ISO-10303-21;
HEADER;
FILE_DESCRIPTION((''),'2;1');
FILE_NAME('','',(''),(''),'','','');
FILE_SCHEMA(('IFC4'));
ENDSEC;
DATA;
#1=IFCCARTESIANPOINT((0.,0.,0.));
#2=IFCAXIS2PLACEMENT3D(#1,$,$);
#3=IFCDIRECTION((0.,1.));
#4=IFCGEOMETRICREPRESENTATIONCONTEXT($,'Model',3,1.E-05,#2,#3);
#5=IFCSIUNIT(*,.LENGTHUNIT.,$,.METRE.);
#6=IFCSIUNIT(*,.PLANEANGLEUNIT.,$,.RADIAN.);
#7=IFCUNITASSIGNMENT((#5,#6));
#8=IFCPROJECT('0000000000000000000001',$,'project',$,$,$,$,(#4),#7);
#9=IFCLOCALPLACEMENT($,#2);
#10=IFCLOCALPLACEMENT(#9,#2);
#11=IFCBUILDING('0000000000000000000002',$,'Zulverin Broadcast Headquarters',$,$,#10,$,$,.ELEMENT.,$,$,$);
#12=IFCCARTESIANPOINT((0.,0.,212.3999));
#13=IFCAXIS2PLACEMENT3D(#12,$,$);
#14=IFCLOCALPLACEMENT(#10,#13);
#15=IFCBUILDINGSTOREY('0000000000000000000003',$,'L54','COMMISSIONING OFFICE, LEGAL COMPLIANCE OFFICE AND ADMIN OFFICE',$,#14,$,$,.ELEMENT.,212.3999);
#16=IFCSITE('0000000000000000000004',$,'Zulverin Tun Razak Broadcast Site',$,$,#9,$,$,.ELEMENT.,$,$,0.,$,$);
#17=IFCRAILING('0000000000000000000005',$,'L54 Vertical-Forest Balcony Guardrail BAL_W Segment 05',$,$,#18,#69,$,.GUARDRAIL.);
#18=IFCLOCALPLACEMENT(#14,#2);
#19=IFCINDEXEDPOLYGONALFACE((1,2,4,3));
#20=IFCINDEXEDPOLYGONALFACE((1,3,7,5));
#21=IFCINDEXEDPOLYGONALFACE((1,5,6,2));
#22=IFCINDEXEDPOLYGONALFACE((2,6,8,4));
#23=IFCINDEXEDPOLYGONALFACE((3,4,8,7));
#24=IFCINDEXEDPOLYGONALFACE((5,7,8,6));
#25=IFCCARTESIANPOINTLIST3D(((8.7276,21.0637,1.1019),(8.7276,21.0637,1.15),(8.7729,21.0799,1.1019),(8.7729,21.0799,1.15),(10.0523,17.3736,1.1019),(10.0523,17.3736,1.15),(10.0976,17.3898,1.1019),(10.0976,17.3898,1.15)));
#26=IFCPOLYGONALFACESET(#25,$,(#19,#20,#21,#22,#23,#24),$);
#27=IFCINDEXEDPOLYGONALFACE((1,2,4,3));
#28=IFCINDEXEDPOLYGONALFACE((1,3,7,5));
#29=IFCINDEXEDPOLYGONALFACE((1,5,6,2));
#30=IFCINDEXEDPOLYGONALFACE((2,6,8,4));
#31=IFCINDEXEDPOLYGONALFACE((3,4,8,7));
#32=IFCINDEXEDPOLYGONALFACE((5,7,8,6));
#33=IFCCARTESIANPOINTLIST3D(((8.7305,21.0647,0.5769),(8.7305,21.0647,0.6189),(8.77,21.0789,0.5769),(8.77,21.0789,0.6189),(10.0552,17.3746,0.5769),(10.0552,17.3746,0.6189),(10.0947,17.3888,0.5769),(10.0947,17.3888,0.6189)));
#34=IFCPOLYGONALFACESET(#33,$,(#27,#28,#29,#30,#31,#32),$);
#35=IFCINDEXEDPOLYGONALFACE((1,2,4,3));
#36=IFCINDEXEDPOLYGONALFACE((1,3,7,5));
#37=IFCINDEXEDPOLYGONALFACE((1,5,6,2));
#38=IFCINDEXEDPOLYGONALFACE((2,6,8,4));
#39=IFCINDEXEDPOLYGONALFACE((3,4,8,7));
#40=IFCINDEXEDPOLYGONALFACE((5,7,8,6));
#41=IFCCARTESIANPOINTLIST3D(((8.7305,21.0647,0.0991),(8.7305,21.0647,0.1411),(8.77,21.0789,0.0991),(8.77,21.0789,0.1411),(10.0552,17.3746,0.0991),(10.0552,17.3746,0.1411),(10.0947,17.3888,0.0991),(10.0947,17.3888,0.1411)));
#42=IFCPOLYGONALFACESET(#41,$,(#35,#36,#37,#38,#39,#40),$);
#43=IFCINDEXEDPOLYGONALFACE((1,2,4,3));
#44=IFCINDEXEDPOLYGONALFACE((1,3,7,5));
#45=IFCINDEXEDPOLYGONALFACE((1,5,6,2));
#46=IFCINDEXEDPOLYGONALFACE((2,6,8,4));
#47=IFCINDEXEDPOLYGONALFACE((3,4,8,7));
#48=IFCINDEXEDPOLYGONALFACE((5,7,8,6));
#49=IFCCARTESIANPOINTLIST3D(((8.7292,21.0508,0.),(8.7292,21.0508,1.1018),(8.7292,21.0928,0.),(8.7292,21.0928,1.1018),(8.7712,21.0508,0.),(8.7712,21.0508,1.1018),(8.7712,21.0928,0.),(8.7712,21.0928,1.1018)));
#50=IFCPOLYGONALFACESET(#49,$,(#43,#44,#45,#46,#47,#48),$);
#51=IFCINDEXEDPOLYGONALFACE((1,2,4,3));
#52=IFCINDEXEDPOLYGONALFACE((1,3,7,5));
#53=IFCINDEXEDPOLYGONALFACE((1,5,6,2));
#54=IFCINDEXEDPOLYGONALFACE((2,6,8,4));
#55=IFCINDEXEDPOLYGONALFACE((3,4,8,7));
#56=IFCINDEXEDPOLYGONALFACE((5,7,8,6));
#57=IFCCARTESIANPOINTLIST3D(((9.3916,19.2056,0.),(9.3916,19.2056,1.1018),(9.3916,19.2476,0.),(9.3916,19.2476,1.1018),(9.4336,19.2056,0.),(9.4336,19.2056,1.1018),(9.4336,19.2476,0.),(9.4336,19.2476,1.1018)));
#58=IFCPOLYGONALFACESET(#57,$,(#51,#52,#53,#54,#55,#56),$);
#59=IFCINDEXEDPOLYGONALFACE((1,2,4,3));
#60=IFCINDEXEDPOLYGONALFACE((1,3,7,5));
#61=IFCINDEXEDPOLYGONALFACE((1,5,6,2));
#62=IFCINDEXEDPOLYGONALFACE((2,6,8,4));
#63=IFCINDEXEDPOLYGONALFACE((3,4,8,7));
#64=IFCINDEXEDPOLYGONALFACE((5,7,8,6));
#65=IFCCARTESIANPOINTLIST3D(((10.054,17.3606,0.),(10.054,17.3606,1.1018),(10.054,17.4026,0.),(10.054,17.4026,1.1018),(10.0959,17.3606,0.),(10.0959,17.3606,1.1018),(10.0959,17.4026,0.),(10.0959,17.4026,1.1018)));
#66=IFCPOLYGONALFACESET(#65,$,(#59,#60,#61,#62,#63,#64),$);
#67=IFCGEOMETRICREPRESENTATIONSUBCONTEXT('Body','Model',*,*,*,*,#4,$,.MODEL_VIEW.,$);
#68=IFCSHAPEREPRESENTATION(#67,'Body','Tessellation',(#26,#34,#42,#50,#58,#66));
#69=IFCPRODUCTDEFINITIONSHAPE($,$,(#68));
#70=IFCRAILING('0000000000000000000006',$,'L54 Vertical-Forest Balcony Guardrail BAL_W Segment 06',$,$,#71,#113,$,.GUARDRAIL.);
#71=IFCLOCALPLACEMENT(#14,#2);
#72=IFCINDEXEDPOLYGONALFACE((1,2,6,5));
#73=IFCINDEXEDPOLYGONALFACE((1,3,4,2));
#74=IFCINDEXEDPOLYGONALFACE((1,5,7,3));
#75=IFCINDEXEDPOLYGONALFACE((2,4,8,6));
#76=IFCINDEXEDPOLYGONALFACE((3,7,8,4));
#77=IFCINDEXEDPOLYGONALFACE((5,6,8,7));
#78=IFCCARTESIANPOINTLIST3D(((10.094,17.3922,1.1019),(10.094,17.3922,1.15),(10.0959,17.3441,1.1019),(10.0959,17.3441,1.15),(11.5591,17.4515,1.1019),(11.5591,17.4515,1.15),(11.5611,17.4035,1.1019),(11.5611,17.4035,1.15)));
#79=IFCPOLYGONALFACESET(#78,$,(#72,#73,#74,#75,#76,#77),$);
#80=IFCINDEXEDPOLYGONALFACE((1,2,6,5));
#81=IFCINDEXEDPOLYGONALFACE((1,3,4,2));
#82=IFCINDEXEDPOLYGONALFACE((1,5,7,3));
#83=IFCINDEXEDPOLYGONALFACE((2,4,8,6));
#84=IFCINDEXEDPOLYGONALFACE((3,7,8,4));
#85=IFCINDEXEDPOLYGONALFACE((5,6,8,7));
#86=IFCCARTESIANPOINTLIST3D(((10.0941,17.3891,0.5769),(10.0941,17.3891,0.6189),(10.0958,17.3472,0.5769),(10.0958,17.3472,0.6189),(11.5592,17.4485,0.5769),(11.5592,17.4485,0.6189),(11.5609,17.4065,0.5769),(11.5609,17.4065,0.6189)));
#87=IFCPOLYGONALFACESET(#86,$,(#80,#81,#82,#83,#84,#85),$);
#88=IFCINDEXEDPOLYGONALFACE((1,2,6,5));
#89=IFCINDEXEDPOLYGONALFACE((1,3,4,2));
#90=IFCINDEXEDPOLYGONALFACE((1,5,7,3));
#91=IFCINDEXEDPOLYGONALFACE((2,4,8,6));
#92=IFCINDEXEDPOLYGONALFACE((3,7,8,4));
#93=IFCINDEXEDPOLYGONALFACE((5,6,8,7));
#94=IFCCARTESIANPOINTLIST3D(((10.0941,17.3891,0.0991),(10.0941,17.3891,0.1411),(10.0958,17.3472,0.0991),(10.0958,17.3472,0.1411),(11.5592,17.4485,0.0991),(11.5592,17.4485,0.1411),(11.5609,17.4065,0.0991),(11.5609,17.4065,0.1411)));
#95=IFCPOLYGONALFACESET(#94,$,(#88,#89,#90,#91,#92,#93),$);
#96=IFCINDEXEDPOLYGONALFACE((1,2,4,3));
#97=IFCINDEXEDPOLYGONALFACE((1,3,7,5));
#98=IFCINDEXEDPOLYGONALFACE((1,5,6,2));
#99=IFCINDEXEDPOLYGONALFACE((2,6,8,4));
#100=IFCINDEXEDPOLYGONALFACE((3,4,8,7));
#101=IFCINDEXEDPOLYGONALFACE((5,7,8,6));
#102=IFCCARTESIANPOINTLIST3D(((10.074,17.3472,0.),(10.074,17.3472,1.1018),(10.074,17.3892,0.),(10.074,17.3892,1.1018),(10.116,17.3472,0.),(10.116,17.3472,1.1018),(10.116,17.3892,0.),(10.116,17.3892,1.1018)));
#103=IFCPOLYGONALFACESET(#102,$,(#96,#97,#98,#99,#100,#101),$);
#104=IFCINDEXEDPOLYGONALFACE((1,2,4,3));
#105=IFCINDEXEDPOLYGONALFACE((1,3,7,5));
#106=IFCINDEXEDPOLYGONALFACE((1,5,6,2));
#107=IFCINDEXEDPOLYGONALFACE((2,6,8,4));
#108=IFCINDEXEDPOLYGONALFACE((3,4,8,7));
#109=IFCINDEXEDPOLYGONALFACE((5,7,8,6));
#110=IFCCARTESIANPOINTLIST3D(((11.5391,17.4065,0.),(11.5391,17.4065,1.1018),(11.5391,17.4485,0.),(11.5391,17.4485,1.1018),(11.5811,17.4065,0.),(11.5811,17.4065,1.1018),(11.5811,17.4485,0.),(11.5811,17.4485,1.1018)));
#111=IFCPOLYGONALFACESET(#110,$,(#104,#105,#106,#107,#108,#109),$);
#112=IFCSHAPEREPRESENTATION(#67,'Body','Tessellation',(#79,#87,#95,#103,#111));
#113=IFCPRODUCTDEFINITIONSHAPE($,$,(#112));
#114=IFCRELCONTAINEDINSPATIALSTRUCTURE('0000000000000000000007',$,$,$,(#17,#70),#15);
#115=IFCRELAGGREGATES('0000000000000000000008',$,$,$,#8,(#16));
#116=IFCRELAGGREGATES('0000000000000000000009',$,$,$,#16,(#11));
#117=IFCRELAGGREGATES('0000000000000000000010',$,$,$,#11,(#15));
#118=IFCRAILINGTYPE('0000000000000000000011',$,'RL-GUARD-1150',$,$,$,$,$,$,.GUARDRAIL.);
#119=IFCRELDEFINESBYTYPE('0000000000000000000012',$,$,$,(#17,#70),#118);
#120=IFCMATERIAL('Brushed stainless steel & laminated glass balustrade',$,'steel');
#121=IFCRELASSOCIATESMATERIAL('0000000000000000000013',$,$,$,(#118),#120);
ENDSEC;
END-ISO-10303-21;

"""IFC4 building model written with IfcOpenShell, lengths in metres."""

from ifc_helpers import new_model, si_unit, direction, frame, origin, origin_2d, place, context, subcontext, project, spatial, rectangle, extrude, material, type_object, element, save


model = new_model("IFC4")

# Units and contexts
model_context = context("Model", 3, precision=1e-05, world=origin(), true_north=direction((0.0, 1.0)))
body_context = subcontext(model_context, "Body", "Model", "MODEL_VIEW")
ifc_project = project(units=[si_unit("LENGTHUNIT", "METRE"), si_unit("PLANEANGLEUNIT", "RADIAN")], contexts=[model_context])

# Site, building, storey
site_placement = place(None, origin())
site = spatial("IfcSite", under=ifc_project, at=site_placement, Name="Zulverin Tun Razak Broadcast Site", CompositionType="ELEMENT", RefElevation=0.0)
building_placement = place(site_placement, origin())
building = spatial("IfcBuilding", under=site, at=building_placement, Name="Zulverin Broadcast Headquarters", CompositionType="ELEMENT")
storey_placement = place(building_placement, frame((0.0, 0.0, 212.3999)))
storey = spatial("IfcBuildingStorey", under=building, at=storey_placement, Name="L54", Description="COMMISSIONING OFFICE, LEGAL COMPLIANCE OFFICE AND ADMIN OFFICE", CompositionType="ELEMENT", Elevation=212.3999)

# Railings
ifc_material_1 = material(Name="Brushed stainless steel & laminated glass balustrade", Category="steel")
railing_type = type_object("IfcRailingType", Name="RL-GUARD-1150", PredefinedType="GUARDRAIL", material=ifc_material_1)
railing_1_placement = place(storey_placement, frame((8.7502, 21.0718, 0.0)))
element("IfcRailing", 1, at=railing_1_placement, inside=storey, type_object=railing_type, Name="L54 Vertical-Forest Balcony Guardrail BAL_W Segment 05", PredefinedType="GUARDRAIL", context=body_context, shape_type="SweptSolid", body=[
    extrude(rectangle(XDim=0.0481, YDim=0.0481, at=origin_2d()), frame((0.0, 0.0, 1.126), z_axis=(0.33787, -0.941193, 0.0), x_axis=(0.941193, 0.33787, 0.0)), (0.0, 0.0, 1.0), 3.9207),
    extrude(rectangle(XDim=0.042, YDim=0.042, at=origin_2d()), frame((0.0, 0.0, 0.5979), z_axis=(0.33787, -0.941193, 0.0), x_axis=(0.941193, 0.33787, 0.0)), (0.0, 0.0, 1.0), 3.9207),
    extrude(rectangle(XDim=0.042, YDim=0.042, at=origin_2d()), frame((0.0, 0.0, 0.1201), z_axis=(0.33787, -0.941193, 0.0), x_axis=(0.941193, 0.33787, 0.0)), (0.0, 0.0, 1.0), 3.9207),
    extrude(rectangle(XDim=0.042, YDim=0.042, at=origin_2d()), origin(), (0.0, 0.0, 1.0), 1.1018),
    extrude(rectangle(XDim=0.042, YDim=0.042, at=origin_2d()), frame((0.6624, -1.8452, 0.0)), (0.0, 0.0, 1.0), 1.1018),
    extrude(rectangle(XDim=0.042, YDim=0.042, at=origin_2d()), frame((1.3247, -3.6902, 0.0)), (0.0, 0.0, 1.0), 1.1018),
])
railing_2_placement = place(storey_placement, frame((10.095, 17.3682, 0.0)))
element("IfcRailing", 2, at=railing_2_placement, inside=storey, type_object=railing_type, Name="L54 Vertical-Forest Balcony Guardrail BAL_W Segment 06", PredefinedType="GUARDRAIL", context=body_context, shape_type="SweptSolid", body=[
    extrude(rectangle(XDim=0.0481, YDim=0.0481, at=origin_2d()), frame((0.0, 0.0, 1.126), z_axis=(0.999181, 0.04046, 0.0), x_axis=(-0.04046, 0.999181, 0.0)), (0.0, 0.0, 1.0), 1.4663),
    extrude(rectangle(XDim=0.042, YDim=0.042, at=origin_2d()), frame((0.0, 0.0, 0.5979), z_axis=(0.999181, 0.04046, 0.0), x_axis=(-0.04046, 0.999181, 0.0)), (0.0, 0.0, 1.0), 1.4663),
    extrude(rectangle(XDim=0.042, YDim=0.042, at=origin_2d()), frame((0.0, 0.0, 0.1201), z_axis=(0.999181, 0.04046, 0.0), x_axis=(-0.04046, 0.999181, 0.0)), (0.0, 0.0, 1.0), 1.4663),
    extrude(rectangle(XDim=0.042, YDim=0.042, at=origin_2d()), origin(), (0.0, 0.0, 1.0), 1.1018),
    extrude(rectangle(XDim=0.042, YDim=0.042, at=origin_2d()), frame((1.4651, 0.0593, 0.0)), (0.0, 0.0, 1.0), 1.1018),
])

save(model, "model.ifc")
